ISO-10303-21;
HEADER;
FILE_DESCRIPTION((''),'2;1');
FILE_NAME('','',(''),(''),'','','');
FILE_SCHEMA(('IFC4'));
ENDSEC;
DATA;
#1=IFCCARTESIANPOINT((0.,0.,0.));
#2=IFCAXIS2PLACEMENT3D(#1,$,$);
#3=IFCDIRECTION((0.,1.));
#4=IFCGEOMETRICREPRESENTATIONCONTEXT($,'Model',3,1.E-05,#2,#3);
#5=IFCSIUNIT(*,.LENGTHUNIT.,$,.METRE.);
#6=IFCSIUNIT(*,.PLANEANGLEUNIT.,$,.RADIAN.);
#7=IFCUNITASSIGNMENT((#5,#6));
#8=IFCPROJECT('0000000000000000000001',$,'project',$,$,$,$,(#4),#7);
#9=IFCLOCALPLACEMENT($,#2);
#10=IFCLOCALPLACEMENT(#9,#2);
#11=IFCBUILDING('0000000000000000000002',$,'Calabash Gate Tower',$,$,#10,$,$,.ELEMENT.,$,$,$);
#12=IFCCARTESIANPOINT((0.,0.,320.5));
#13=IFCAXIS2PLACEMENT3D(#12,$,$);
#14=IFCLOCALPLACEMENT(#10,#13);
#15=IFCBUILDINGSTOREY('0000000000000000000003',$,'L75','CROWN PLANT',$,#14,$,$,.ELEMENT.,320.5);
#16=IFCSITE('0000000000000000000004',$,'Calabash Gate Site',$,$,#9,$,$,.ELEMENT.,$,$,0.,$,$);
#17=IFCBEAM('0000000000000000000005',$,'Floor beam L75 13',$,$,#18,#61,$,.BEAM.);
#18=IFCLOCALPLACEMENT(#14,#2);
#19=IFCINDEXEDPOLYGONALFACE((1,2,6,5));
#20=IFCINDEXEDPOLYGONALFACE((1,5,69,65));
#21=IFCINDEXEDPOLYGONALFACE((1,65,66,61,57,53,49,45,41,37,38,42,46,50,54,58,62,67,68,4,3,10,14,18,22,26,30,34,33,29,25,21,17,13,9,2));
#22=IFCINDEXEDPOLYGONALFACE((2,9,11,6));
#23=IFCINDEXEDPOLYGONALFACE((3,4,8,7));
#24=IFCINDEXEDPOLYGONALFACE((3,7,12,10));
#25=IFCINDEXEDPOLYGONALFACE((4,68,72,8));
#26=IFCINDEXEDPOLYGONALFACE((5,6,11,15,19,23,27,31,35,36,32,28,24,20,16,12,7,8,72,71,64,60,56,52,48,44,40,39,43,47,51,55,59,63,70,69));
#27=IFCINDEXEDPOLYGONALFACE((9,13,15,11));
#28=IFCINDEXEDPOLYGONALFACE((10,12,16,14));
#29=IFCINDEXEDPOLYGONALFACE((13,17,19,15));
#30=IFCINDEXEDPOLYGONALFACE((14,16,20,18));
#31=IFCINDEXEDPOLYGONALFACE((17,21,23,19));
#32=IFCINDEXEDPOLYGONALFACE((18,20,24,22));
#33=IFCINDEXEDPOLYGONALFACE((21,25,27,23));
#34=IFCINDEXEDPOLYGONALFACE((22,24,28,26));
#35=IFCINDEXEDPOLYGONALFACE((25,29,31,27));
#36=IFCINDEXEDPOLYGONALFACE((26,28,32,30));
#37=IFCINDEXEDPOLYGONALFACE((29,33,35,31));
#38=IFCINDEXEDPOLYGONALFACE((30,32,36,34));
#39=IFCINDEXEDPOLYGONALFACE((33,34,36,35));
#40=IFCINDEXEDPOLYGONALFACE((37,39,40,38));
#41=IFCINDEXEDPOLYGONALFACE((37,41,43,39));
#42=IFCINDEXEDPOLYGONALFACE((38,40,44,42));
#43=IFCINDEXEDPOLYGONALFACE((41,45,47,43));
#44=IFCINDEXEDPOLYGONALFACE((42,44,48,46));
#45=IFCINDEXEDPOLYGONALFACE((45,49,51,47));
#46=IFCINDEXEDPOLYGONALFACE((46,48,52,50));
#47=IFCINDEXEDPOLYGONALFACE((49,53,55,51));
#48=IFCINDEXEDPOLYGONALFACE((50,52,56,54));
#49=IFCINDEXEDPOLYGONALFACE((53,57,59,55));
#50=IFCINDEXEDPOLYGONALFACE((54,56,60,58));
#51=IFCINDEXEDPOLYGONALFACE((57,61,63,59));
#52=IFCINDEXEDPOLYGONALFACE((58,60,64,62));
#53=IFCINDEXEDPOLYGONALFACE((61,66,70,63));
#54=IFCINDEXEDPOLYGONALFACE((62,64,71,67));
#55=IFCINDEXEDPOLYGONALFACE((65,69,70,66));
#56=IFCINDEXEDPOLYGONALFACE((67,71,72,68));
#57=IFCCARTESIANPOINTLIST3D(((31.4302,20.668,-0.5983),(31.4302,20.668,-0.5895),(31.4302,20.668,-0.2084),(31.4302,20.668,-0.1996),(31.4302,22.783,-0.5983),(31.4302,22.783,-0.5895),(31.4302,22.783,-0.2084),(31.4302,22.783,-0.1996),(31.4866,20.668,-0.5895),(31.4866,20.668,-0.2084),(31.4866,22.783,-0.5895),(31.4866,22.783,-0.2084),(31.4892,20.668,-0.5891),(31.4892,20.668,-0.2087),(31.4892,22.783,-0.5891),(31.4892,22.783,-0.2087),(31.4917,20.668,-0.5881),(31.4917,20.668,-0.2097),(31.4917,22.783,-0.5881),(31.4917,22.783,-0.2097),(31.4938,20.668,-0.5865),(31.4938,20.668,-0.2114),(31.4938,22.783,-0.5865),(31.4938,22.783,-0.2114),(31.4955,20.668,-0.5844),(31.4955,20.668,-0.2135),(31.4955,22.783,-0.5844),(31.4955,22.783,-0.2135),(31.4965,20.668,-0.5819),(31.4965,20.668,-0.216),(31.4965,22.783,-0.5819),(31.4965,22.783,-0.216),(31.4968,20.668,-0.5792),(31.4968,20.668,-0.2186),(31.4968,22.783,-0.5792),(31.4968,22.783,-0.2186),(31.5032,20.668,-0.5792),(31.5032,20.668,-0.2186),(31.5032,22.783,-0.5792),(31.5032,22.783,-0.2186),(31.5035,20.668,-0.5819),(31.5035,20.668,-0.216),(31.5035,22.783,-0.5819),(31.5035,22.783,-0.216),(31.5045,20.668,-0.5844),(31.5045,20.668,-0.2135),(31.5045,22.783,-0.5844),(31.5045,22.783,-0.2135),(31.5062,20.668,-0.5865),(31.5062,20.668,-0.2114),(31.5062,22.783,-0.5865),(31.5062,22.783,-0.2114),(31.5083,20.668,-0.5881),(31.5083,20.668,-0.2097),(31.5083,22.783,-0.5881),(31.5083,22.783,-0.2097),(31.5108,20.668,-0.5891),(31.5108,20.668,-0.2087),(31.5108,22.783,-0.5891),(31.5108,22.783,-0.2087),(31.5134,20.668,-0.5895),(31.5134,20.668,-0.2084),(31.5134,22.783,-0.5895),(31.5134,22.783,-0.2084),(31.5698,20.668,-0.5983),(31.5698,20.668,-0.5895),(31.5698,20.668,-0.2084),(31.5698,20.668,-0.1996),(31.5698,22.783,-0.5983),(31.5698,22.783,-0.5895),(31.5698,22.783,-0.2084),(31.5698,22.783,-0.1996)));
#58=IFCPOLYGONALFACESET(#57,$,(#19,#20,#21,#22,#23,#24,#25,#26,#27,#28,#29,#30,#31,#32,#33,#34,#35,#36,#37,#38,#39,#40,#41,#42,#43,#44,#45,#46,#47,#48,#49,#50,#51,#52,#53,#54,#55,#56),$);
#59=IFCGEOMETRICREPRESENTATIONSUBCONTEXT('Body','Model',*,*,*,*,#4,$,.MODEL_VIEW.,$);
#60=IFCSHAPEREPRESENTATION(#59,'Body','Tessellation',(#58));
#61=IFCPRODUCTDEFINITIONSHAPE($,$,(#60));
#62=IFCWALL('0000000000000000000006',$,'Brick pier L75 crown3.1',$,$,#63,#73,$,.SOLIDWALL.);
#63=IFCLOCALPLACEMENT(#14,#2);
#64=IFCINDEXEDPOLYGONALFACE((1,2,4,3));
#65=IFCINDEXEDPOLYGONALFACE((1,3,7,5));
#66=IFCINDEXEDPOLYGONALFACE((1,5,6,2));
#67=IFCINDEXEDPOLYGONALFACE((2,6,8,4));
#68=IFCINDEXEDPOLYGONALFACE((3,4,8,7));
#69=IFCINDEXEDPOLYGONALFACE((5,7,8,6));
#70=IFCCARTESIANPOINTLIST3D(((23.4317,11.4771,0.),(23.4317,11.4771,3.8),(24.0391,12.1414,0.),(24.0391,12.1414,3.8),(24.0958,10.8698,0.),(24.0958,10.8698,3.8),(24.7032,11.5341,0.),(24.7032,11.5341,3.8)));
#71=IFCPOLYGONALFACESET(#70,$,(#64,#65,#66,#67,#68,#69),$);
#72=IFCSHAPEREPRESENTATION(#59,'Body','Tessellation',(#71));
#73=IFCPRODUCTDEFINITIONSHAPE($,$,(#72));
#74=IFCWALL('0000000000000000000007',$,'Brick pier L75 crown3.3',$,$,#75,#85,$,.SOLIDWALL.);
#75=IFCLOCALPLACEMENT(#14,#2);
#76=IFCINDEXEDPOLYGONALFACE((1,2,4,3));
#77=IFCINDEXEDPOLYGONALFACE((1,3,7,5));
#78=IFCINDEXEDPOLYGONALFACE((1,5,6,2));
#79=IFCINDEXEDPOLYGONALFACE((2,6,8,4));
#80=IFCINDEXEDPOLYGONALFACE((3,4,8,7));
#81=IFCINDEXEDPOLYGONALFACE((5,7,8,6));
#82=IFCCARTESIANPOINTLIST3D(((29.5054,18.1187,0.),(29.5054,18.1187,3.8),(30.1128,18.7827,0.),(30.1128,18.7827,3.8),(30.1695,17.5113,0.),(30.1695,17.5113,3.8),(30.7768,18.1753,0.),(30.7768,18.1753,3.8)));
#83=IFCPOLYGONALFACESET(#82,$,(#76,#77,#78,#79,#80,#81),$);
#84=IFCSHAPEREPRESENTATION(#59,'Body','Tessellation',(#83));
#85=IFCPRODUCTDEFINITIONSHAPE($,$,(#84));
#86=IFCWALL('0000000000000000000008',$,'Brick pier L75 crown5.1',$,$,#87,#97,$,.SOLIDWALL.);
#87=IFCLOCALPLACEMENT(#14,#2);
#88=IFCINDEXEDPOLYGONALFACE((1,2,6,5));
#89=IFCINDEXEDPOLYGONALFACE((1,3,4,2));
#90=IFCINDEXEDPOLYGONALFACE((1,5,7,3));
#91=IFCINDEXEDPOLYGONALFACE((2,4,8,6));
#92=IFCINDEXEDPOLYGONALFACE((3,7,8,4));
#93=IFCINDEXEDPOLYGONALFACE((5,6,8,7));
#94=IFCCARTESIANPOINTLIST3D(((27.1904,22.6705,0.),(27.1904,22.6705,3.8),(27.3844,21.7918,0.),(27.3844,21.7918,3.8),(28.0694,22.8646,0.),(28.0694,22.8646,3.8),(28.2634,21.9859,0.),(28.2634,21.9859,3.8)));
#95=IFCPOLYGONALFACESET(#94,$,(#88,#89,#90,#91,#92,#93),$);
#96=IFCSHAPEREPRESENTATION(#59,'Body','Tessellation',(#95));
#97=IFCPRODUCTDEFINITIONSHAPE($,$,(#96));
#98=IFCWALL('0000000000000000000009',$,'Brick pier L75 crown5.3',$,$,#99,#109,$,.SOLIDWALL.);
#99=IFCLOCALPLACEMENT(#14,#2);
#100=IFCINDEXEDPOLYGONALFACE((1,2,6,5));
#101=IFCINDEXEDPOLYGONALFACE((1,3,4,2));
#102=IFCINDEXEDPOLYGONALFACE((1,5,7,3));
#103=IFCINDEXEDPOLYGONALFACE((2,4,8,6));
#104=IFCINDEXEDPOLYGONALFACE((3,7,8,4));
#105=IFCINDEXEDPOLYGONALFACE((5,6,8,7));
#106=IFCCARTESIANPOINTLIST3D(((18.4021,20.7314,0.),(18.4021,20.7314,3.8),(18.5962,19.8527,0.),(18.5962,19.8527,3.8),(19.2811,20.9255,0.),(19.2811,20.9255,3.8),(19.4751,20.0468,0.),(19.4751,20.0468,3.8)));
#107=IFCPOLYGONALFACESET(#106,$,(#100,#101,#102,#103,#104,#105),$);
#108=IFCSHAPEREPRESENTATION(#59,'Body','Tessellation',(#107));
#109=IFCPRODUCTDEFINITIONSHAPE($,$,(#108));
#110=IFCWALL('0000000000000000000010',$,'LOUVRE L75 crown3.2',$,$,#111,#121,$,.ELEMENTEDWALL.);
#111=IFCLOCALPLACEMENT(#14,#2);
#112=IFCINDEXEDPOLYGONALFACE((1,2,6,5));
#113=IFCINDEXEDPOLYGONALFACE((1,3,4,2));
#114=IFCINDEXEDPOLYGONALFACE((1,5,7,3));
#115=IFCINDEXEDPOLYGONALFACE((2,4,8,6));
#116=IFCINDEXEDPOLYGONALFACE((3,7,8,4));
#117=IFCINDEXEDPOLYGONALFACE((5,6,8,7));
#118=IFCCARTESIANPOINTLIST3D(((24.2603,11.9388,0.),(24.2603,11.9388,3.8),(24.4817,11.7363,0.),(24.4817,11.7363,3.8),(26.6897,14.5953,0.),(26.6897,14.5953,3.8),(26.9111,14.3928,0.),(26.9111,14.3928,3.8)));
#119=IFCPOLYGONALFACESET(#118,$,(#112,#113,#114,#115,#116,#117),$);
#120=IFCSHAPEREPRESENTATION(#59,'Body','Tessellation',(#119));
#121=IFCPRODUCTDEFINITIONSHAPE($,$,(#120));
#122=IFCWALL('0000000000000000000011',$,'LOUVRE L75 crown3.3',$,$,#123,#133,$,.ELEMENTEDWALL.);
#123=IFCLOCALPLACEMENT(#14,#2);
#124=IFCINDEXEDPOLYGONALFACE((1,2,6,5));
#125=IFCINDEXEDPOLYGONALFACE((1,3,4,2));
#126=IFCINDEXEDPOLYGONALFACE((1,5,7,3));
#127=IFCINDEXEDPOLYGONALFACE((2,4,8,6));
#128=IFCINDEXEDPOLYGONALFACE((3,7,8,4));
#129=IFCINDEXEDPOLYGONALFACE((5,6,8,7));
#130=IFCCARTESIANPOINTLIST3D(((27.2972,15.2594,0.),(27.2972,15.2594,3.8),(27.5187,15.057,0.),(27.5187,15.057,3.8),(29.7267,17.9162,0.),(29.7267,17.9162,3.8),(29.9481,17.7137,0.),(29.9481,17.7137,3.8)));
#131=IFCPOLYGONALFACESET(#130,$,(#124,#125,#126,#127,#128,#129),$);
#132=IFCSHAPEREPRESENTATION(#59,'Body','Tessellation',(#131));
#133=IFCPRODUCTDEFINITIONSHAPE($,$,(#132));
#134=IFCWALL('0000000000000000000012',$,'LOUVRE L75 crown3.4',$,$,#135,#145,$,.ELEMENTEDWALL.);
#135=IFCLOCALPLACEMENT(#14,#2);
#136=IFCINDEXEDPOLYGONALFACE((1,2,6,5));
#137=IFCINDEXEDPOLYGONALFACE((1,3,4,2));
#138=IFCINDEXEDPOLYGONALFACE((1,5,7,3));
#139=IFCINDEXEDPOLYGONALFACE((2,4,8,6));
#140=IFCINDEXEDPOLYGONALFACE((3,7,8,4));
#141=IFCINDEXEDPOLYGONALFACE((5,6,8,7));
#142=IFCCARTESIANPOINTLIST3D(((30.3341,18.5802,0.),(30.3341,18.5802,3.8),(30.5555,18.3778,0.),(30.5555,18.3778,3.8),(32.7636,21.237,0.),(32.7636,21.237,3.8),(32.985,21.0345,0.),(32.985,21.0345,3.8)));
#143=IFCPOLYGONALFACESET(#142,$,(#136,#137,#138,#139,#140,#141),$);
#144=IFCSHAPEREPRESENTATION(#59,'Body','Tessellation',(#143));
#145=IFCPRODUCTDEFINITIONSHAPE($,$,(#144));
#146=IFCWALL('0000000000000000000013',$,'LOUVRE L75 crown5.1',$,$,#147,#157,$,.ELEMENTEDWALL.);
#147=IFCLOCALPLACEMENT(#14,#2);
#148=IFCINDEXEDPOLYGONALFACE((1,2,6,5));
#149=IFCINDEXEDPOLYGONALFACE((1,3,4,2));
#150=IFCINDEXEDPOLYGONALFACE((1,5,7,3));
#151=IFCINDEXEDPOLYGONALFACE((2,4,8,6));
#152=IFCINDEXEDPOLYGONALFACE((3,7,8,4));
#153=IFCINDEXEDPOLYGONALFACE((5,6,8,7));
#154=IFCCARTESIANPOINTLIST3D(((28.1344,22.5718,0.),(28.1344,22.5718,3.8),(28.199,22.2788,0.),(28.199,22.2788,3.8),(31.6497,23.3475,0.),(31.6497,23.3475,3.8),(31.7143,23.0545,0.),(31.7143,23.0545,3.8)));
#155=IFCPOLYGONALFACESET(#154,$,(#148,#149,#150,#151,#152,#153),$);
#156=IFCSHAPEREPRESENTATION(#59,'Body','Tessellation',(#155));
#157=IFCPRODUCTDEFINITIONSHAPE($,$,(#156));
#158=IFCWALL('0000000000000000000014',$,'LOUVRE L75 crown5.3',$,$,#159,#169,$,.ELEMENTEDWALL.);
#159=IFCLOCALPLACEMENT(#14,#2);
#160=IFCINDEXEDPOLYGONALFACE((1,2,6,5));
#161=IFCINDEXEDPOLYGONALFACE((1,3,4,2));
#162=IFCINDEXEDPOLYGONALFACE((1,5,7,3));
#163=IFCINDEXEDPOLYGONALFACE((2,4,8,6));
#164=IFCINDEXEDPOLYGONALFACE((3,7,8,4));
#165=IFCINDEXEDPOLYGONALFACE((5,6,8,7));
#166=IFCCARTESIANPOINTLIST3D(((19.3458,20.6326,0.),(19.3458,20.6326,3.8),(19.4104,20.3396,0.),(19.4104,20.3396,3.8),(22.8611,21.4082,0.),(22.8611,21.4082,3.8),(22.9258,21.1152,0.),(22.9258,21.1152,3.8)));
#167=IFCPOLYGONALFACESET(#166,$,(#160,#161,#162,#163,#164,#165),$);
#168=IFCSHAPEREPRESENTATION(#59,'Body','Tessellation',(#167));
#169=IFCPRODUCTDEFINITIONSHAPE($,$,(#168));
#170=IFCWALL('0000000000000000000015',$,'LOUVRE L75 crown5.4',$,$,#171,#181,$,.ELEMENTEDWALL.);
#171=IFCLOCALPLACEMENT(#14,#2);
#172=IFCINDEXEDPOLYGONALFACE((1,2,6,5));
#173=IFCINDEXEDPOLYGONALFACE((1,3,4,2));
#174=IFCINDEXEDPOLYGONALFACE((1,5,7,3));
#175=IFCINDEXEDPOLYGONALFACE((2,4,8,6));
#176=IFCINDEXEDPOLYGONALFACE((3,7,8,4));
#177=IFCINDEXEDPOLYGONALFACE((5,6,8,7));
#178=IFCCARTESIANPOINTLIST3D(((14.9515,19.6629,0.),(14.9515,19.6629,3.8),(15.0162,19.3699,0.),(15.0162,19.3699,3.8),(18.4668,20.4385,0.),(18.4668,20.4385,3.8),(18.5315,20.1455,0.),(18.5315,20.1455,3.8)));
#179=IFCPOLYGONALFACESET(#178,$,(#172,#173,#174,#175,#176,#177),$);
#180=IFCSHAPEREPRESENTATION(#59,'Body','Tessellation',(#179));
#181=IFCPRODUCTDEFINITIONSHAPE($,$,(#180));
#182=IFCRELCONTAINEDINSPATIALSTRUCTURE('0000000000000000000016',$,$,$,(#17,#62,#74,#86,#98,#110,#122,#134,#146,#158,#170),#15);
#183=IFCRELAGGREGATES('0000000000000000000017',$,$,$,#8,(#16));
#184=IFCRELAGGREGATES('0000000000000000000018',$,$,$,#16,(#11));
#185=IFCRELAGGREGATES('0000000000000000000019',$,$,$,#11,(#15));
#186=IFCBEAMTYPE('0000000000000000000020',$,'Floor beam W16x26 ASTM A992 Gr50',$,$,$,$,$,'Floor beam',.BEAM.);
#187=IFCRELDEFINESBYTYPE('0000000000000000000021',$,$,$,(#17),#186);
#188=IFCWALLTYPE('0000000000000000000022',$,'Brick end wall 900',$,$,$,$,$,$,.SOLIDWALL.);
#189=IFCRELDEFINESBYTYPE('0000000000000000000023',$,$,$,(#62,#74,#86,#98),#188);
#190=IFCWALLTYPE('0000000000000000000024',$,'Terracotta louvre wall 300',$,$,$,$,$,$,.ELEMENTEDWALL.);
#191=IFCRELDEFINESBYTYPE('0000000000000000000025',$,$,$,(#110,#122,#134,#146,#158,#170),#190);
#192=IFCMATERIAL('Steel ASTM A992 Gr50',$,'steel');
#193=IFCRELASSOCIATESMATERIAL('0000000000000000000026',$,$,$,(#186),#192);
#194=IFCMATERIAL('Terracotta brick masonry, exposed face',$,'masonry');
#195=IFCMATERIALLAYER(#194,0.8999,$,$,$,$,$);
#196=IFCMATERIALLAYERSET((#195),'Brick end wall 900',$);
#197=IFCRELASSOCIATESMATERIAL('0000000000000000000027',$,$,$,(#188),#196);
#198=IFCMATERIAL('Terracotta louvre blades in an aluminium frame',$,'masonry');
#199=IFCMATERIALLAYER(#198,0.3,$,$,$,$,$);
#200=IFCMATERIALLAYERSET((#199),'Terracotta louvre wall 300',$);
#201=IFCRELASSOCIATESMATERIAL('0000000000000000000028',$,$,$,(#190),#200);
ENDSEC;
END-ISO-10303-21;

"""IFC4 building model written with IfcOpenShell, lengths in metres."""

from ifc_helpers import new_model, si_unit, direction, frame, frame_2d, origin, origin_2d, place, context, subcontext, project, spatial, rectangle, i_section, extrude, material, layer, layer_set, material_profile, profile_set, type_object, element, save


model = new_model("IFC4")

# Units and contexts
model_context = context("Model", 3, precision=1e-05, world=origin(), true_north=direction((0.0, 1.0)))
body_context = subcontext(model_context, "Body", "Model", "MODEL_VIEW")
ifc_project = project(units=[si_unit("LENGTHUNIT", "METRE"), si_unit("PLANEANGLEUNIT", "RADIAN")], contexts=[model_context])

# Site, building, storey
site_placement = place(None, origin())
site = spatial("IfcSite", under=ifc_project, at=site_placement, Name="Calabash Gate Site", CompositionType="ELEMENT", RefElevation=0.0)
building_placement = place(site_placement, origin())
building = spatial("IfcBuilding", under=site, at=building_placement, Name="Calabash Gate Tower", CompositionType="ELEMENT")
storey_placement = place(building_placement, frame((0.0, 0.0, 320.5)))
storey = spatial("IfcBuildingStorey", under=building, at=storey_placement, Name="L75", Description="CROWN PLANT", CompositionType="ELEMENT", Elevation=320.5)

# Beam
ifc_material_1 = material(Name="Steel ASTM A992 Gr50", Category="steel")
ifc_material_profile_1 = material_profile(ifc_material_1, i_section(OverallWidth=0.1396, OverallDepth=0.3987, WebThickness=0.0063, FlangeThickness=0.0088, FilletRadius=0.0103, at=origin_2d()))
ifc_profile_set_1 = profile_set([ifc_material_profile_1], Name="Steel ASTM A992 Gr50")
beam_type_1 = type_object("IfcBeamType", Name="Floor beam W16x26 ASTM A992 Gr50", ElementType="Floor beam", PredefinedType="BEAM", material=ifc_profile_set_1)
beam_1_placement = place(storey_placement, frame((31.5, 20.668, -0.3989), z_axis=(0.0, 1.0, 0.0), x_axis=(-1.0, 0.0, 0.0)))
element("IfcBeam", 1, at=beam_1_placement, inside=storey, type_object=beam_type_1, Name="Floor beam L75 13", PredefinedType="BEAM", context=body_context, shape_type="SweptSolid", body=[
    extrude(i_section(OverallWidth=0.1396, OverallDepth=0.3987, WebThickness=0.0063, FlangeThickness=0.0088, FilletRadius=0.0103, at=origin_2d()), origin(), (0.0, 0.0, 1.0), 2.115),
])

# Walls
ifc_material_2 = material(Name="Terracotta brick masonry, exposed face", Category="masonry")
ifc_layer_1 = layer(ifc_material_2, 0.8999)
ifc_layer_set_1 = layer_set([ifc_layer_1], Name="Brick end wall 900")
wall_type_1 = type_object("IfcWallType", Name="Brick end wall 900", PredefinedType="SOLIDWALL", material=ifc_layer_set_1)
wall_1_placement = place(storey_placement, frame((23.7637, 11.1733, 0.0), z_axis=(0.0, 0.0, 1.0), x_axis=(0.674803, 0.737998, 0.0)))
element("IfcWall", 2, at=wall_1_placement, inside=storey, type_object=wall_type_1, Name="Brick pier L75 crown3.1", PredefinedType="SOLIDWALL", context=body_context, shape_type="SweptSolid", body=[
    extrude(rectangle(XDim=0.9001, YDim=0.8999, at=frame_2d((0.4502, 0.0))), origin(), (0.0, 0.0, 1.0), 3.8),
])
wall_2_placement = place(storey_placement, frame((30.4448, 18.479, 0.0), z_axis=(0.0, 0.0, 1.0), x_axis=(-0.674938, -0.737874, 0.0)))
element("IfcWall", 3, at=wall_2_placement, inside=storey, type_object=wall_type_1, Name="Brick pier L75 crown3.3", PredefinedType="SOLIDWALL", context=body_context, shape_type="SweptSolid", body=[
    extrude(rectangle(XDim=0.8999, YDim=0.8999, at=frame_2d((0.45, 0.0))), origin(), (0.0, 0.0, 1.0), 3.8),
])
for number, where, z_axis, x_axis, name in (
    (4, (28.1665, 22.4253, 0.0), (0.0, 0.0, 1.0), (-0.976473, -0.215638, 0.0), "Brick pier L75 crown5.1"),
    (5, (18.499, 20.292, 0.0), (0.0, 0.0, 1.0), (0.976473, 0.215638, 0.0), "Brick pier L75 crown5.3"),
):
    element("IfcWall", number, at=place(storey_placement, frame(where, z_axis=z_axis, x_axis=x_axis)), inside=storey, type_object=wall_type_1, Name=name, PredefinedType="SOLIDWALL", context=body_context, shape_type="SweptSolid", body=[
        extrude(rectangle(XDim=0.9001, YDim=0.8999, at=frame_2d((0.4502, 0.0))), origin(), (0.0, 0.0, 1.0), 3.8),
    ])
ifc_material_3 = material(Name="Terracotta louvre blades in an aluminium frame", Category="masonry")
ifc_layer_2 = layer(ifc_material_3, 0.3)
ifc_layer_set_2 = layer_set([ifc_layer_2], Name="Terracotta louvre wall 300")
wall_type_2 = type_object("IfcWallType", Name="Terracotta louvre wall 300", PredefinedType="ELEMENTEDWALL", material=ifc_layer_set_2)
wall_3_placement = place(storey_placement, frame((24.3711, 11.8376, 0.0), z_axis=(0.0, 0.0, 1.0), x_axis=(0.674867, 0.737939, 0.0)))
element("IfcWall", 6, at=wall_3_placement, inside=storey, type_object=wall_type_2, Name="LOUVRE L75 crown3.2", PredefinedType="ELEMENTEDWALL", context=body_context, shape_type="SweptSolid", body=[
    extrude(rectangle(XDim=3.5999, YDim=0.3, at=frame_2d((1.7998, 0.0))), origin(), (0.0, 0.0, 1.0), 3.8),
])
for number, where, z_axis, x_axis, name in (
    (7, (27.408, 15.1582, 0.0), (0.0, 0.0, 1.0), (0.674834, 0.73797, 0.0), "LOUVRE L75 crown3.3"),
    (8, (30.4448, 18.479, 0.0), (0.0, 0.0, 1.0), (0.674834, 0.73797, 0.0), "LOUVRE L75 crown3.4"),
):
    element("IfcWall", number, at=place(storey_placement, frame(where, z_axis=z_axis, x_axis=x_axis)), inside=storey, type_object=wall_type_2, Name=name, PredefinedType="ELEMENTEDWALL", context=body_context, shape_type="SweptSolid", body=[
        extrude(rectangle(XDim=3.6001, YDim=0.3, at=frame_2d((1.8, 0.0))), origin(), (0.0, 0.0, 1.0), 3.8),
    ])
for number, where, z_axis, x_axis, name in (
    (9, (31.6819, 23.2009, 0.0), (0.0, 0.0, 1.0), (-0.976513, -0.215458, 0.0), "LOUVRE L75 crown5.1"),
    (10, (22.8933, 21.2617, 0.0), (0.0, 0.0, 1.0), (-0.976513, -0.215458, 0.0), "LOUVRE L75 crown5.3"),
    (11, (18.499, 20.292, 0.0), (0.0, 0.0, 1.0), (-0.976513, -0.215458, 0.0), "LOUVRE L75 crown5.4"),
):
    element("IfcWall", number, at=place(storey_placement, frame(where, z_axis=z_axis, x_axis=x_axis)), inside=storey, type_object=wall_type_2, Name=name, PredefinedType="ELEMENTEDWALL", context=body_context, shape_type="SweptSolid", body=[
        extrude(rectangle(XDim=3.5999, YDim=0.3, at=frame_2d((1.7998, 0.0))), origin(), (0.0, 0.0, 1.0), 3.8),
    ])

save(model, "model.ifc")
